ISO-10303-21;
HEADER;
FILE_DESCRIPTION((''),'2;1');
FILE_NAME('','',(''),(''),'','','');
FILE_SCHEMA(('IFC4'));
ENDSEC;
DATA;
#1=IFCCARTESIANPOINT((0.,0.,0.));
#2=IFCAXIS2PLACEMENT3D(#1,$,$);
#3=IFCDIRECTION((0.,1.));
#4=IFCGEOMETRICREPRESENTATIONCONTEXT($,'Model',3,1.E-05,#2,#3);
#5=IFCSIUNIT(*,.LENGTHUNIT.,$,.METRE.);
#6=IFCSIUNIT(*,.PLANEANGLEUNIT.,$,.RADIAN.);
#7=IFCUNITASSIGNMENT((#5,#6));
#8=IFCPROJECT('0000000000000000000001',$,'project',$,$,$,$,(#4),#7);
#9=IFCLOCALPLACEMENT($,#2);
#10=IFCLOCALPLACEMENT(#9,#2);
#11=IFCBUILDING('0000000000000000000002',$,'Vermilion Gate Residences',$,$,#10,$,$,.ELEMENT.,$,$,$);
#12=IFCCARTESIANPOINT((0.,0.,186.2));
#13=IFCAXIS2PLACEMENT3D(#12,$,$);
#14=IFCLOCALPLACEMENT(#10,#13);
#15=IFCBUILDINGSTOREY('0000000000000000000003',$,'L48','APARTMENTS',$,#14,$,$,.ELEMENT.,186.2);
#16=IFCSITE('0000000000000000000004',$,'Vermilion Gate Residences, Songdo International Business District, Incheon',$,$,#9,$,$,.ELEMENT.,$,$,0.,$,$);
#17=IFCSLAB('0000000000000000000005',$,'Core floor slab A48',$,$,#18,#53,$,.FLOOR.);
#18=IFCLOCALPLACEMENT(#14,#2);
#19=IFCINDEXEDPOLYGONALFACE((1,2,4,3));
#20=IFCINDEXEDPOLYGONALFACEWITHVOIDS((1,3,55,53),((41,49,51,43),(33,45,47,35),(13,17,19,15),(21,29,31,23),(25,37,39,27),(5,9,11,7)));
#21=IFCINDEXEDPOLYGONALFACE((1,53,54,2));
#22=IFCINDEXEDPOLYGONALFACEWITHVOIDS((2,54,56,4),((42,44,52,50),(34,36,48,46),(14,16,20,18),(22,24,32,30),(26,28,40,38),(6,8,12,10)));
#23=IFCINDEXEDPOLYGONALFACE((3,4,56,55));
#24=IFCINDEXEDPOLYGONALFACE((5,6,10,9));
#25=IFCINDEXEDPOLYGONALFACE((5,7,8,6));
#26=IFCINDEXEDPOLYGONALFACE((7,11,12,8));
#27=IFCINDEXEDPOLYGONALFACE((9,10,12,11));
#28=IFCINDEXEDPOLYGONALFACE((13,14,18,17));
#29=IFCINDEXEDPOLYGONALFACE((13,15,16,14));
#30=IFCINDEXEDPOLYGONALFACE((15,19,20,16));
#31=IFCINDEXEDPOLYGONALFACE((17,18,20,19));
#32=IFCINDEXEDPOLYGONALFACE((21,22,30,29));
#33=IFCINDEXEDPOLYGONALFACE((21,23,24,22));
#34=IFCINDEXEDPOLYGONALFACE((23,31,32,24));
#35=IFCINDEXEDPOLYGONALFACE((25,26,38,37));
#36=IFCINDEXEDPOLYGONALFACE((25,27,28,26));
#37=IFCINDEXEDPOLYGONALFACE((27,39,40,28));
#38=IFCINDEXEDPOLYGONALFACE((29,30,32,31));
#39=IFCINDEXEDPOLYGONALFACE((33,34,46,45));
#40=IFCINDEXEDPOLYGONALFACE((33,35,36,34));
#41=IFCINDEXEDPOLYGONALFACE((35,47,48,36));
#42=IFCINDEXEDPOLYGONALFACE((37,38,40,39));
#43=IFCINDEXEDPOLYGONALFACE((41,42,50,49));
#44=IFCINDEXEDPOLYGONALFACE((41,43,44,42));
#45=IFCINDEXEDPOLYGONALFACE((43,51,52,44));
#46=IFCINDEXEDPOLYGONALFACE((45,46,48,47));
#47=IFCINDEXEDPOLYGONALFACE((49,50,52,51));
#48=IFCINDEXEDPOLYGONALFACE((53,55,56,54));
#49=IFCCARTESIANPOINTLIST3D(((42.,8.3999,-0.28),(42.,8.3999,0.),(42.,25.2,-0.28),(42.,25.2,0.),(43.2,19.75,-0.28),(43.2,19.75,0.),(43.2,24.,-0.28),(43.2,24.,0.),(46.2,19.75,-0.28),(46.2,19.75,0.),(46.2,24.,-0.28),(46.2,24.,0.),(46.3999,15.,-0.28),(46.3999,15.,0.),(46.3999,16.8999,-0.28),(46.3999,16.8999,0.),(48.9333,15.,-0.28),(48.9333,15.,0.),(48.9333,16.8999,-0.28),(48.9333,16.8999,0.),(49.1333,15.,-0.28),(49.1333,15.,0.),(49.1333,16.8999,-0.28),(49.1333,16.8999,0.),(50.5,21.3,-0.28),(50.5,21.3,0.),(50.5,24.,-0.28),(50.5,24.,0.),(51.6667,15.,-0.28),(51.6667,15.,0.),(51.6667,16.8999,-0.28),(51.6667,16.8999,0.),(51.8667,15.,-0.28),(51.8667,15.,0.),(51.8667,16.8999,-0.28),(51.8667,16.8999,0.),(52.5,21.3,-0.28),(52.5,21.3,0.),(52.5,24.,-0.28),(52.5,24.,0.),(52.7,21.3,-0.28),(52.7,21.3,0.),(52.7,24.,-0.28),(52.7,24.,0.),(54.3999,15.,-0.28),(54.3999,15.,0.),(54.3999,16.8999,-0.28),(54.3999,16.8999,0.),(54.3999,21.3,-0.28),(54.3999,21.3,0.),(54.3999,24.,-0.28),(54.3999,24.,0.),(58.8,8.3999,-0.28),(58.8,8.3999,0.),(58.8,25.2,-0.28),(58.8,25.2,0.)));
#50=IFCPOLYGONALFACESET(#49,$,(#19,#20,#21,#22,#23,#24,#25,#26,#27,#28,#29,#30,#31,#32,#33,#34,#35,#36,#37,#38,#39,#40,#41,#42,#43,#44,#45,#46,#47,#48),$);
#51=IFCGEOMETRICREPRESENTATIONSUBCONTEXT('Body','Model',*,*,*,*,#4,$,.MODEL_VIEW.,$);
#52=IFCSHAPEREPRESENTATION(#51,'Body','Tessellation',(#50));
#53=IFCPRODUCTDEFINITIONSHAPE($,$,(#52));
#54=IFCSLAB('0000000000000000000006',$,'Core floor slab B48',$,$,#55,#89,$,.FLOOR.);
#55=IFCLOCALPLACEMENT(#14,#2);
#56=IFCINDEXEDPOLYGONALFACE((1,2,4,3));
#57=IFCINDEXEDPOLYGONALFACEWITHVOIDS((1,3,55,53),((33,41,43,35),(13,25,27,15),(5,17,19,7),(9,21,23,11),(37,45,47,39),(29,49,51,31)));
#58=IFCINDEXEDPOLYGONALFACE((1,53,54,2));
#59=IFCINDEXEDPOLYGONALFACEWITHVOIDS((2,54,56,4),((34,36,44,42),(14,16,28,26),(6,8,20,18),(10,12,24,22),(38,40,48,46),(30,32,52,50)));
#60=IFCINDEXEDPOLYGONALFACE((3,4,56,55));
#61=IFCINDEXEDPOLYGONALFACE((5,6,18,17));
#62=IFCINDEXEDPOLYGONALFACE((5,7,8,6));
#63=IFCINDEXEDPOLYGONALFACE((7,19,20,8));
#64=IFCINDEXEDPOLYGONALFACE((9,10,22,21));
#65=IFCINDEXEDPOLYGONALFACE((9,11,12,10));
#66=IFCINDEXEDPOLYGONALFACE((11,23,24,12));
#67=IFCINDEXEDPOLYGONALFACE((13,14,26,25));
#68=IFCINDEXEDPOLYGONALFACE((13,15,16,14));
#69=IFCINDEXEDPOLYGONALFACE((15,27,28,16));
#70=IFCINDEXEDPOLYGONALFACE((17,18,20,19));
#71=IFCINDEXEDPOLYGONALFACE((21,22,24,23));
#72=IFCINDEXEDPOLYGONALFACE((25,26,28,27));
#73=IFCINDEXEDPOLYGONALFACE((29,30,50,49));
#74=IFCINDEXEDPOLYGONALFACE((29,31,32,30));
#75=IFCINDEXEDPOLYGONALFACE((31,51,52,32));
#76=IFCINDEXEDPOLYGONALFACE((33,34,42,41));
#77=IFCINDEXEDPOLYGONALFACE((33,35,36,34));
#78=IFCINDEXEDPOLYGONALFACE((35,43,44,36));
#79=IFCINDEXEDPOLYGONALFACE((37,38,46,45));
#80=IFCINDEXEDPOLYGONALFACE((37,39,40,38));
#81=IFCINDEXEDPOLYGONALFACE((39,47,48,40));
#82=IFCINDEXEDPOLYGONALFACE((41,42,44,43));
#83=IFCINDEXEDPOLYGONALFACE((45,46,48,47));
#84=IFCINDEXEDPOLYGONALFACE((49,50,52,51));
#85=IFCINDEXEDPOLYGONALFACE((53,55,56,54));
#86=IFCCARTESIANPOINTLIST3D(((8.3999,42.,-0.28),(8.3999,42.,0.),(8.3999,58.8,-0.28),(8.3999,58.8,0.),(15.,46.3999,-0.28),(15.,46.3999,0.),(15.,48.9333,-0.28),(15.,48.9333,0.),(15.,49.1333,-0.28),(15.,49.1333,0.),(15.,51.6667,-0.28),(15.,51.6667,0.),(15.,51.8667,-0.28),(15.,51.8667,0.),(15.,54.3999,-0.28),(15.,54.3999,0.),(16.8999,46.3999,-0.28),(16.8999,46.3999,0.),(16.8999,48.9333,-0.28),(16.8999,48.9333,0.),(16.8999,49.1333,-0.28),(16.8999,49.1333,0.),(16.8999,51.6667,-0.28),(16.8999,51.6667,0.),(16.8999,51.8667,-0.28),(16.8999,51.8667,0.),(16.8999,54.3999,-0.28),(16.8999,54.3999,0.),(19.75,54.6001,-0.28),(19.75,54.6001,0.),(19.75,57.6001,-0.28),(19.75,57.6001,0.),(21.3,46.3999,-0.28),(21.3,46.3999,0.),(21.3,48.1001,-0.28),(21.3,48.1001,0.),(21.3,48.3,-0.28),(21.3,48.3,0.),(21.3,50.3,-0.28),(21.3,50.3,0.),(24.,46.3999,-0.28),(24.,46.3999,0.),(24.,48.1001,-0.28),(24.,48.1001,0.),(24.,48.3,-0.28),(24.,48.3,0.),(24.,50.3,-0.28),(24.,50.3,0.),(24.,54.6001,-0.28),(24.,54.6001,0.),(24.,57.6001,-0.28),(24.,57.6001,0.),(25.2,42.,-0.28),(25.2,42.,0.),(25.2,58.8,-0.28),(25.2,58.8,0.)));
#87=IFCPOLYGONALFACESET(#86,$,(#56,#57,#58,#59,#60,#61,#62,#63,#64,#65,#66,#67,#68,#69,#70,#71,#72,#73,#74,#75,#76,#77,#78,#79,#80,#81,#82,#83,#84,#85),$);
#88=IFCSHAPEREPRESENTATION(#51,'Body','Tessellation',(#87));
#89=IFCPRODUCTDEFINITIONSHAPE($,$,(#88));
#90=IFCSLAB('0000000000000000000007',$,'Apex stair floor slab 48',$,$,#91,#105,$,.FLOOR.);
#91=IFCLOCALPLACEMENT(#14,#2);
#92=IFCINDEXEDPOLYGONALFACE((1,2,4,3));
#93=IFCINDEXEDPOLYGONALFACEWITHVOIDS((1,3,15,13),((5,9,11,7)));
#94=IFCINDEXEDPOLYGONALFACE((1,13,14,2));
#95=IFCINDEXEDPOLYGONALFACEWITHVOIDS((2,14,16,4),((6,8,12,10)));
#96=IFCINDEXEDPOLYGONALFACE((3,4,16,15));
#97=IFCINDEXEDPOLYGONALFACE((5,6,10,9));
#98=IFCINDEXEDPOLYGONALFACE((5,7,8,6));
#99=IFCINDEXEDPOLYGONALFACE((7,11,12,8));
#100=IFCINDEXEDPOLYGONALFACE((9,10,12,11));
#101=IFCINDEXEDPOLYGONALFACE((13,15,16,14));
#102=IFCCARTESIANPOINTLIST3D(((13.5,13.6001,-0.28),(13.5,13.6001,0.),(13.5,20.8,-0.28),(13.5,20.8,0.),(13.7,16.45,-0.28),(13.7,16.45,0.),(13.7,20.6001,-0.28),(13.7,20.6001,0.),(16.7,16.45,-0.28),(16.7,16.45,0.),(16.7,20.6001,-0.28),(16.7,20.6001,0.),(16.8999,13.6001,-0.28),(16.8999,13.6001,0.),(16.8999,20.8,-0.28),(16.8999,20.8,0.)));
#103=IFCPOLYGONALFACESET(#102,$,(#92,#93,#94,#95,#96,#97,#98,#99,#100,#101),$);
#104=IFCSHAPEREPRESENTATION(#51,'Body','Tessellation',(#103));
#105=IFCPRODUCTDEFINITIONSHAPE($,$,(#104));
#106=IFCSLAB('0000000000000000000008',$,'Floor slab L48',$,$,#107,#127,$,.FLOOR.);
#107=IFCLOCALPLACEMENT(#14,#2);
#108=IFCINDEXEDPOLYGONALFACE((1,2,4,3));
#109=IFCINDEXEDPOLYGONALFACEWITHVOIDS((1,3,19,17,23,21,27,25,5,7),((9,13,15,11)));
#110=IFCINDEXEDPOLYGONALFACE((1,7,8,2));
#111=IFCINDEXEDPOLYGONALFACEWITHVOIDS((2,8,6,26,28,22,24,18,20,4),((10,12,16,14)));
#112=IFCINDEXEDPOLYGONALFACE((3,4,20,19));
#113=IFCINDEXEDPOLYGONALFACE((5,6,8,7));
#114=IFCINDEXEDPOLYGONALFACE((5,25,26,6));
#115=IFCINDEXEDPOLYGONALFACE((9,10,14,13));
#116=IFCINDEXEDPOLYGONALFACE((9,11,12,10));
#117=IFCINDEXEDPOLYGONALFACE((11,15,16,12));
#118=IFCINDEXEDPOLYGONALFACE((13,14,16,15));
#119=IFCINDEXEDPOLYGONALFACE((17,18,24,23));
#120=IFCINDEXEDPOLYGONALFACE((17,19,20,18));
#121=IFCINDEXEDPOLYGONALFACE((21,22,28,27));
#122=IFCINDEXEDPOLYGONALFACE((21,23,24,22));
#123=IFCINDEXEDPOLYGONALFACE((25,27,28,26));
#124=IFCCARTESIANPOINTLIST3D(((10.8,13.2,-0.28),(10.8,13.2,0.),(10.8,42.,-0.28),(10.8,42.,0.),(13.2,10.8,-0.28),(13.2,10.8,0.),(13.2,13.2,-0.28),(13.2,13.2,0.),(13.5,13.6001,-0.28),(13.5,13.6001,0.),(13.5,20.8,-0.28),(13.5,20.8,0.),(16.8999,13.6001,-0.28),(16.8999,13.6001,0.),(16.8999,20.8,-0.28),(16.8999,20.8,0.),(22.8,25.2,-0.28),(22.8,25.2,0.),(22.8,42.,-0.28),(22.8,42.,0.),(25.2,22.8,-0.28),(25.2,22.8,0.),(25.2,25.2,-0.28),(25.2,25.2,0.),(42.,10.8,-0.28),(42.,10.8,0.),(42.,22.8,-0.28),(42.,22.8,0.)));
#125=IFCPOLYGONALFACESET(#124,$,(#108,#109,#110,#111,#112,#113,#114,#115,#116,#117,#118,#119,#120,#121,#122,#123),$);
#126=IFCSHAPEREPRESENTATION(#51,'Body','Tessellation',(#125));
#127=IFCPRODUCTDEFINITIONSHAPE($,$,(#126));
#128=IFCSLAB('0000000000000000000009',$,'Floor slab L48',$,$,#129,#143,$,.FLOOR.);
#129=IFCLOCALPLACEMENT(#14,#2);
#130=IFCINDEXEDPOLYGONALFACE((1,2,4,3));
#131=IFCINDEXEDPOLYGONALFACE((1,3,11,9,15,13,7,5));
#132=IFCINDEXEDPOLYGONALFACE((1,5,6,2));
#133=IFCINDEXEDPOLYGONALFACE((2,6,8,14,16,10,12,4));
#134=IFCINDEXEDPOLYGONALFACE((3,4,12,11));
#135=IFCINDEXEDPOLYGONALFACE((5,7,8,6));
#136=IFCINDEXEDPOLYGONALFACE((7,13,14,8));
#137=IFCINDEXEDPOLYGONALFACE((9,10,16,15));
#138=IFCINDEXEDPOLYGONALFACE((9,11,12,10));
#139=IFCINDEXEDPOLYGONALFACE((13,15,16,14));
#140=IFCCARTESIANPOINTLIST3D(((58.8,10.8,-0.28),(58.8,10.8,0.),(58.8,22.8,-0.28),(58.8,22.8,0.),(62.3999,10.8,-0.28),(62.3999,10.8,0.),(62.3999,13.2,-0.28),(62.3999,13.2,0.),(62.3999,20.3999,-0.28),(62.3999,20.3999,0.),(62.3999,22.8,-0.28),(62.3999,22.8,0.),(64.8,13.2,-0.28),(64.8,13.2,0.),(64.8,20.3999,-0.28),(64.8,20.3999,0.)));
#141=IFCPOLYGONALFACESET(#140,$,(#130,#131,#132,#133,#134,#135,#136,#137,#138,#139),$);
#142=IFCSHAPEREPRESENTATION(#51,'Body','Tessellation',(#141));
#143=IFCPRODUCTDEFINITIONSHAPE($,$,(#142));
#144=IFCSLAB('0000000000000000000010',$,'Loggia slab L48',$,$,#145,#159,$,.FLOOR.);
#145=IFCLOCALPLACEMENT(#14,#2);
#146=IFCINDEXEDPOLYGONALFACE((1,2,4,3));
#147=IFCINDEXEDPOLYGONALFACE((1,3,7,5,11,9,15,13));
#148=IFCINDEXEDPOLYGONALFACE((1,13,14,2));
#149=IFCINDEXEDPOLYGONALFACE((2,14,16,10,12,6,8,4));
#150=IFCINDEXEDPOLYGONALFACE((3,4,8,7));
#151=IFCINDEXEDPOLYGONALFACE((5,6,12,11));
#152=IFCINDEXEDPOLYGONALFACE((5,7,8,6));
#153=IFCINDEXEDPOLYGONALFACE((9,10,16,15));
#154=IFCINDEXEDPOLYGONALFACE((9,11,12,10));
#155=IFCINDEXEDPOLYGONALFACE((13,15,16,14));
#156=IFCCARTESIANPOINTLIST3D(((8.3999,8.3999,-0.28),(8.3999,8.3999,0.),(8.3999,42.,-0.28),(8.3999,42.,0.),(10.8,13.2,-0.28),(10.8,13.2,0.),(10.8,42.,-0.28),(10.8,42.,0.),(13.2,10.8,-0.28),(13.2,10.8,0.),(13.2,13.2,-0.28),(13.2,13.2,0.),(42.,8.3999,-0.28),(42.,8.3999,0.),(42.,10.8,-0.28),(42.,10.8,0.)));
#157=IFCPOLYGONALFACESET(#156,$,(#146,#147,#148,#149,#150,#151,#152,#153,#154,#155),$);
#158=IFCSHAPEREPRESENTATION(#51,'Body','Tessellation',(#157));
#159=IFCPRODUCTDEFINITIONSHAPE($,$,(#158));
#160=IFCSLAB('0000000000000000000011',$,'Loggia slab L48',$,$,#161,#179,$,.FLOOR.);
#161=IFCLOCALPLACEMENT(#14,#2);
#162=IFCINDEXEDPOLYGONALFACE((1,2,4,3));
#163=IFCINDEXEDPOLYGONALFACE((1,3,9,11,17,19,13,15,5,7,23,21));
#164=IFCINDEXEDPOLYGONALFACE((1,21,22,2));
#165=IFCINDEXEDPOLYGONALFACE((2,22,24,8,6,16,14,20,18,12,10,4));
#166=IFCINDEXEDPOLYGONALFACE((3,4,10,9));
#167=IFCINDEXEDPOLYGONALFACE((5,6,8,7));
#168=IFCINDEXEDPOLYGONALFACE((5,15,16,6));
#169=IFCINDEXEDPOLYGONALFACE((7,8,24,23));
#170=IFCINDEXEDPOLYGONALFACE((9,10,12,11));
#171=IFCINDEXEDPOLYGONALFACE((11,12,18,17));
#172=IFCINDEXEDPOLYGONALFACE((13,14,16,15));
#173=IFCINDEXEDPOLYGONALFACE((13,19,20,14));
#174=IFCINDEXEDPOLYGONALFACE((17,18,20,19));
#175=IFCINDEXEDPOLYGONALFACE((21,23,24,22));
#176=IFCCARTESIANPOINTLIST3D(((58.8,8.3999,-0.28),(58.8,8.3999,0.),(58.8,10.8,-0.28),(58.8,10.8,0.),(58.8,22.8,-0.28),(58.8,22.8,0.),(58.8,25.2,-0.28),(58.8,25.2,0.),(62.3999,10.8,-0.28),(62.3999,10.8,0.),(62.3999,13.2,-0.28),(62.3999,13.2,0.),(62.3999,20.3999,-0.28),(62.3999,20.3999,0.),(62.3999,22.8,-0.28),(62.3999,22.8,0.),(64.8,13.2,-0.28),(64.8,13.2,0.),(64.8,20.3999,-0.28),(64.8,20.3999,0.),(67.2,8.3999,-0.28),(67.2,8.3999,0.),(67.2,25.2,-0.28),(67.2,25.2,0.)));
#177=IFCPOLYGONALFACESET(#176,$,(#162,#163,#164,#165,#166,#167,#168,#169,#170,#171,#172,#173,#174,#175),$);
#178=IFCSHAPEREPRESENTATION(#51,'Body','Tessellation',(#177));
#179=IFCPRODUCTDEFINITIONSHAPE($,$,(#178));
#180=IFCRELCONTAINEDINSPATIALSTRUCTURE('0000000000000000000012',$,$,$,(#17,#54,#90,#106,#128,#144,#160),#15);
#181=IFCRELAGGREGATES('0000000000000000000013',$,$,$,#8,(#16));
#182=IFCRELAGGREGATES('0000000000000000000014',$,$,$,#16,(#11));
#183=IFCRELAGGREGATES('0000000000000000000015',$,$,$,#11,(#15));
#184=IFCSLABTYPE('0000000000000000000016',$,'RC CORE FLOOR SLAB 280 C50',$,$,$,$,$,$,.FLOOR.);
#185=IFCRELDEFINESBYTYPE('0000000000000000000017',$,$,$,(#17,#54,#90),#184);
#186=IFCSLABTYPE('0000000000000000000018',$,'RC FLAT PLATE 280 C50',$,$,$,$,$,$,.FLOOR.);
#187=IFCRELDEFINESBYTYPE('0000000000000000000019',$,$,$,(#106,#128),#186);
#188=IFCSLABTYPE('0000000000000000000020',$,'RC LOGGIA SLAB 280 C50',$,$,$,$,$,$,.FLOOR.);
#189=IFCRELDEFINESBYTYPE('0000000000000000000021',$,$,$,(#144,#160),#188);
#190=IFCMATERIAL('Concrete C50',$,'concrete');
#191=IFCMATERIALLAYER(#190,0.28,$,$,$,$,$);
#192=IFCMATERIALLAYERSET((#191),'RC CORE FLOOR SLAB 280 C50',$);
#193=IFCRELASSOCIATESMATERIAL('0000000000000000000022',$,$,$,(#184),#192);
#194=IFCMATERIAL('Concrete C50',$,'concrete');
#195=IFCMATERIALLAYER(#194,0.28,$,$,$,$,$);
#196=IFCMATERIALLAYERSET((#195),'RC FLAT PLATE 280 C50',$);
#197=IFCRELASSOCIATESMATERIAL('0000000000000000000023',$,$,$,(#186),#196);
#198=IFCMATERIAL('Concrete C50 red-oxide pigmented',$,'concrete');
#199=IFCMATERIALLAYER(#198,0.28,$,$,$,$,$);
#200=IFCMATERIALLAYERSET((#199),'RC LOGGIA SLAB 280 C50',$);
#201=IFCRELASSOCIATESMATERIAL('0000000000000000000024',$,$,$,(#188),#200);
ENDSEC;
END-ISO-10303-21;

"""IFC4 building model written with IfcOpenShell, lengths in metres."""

from ifc_helpers import new_model, si_unit, direction, frame, origin, place, context, subcontext, project, spatial, polyline, outline, extrude, material, layer, layer_set, type_object, element, save


model = new_model("IFC4")

# Units and contexts
model_context = context("Model", 3, precision=1e-05, world=origin(), true_north=direction((0.0, 1.0)))
body_context = subcontext(model_context, "Body", "Model", "MODEL_VIEW")
ifc_project = project(units=[si_unit("LENGTHUNIT", "METRE"), si_unit("PLANEANGLEUNIT", "RADIAN")], contexts=[model_context])

# Site, building, storey
site_placement = place(None, origin())
site = spatial("IfcSite", under=ifc_project, at=site_placement, Name="Vermilion Gate Residences, Songdo International Business District, Incheon", CompositionType="ELEMENT", RefElevation=0.0)
building_placement = place(site_placement, origin())
building = spatial("IfcBuilding", under=site, at=building_placement, Name="Vermilion Gate Residences", CompositionType="ELEMENT")
storey_placement = place(building_placement, frame((0.0, 0.0, 186.2)))
storey = spatial("IfcBuildingStorey", under=building, at=storey_placement, Name="L48", Description="APARTMENTS", CompositionType="ELEMENT", Elevation=186.2)

# Slabs
ifc_material_1 = material(Name="Concrete C50", Category="concrete")
ifc_layer_1 = layer(ifc_material_1, 0.28)
ifc_layer_set_1 = layer_set([ifc_layer_1], Name="RC CORE FLOOR SLAB 280 C50")
slab_type_1 = type_object("IfcSlabType", Name="RC CORE FLOOR SLAB 280 C50", PredefinedType="FLOOR", material=ifc_layer_set_1)
slab_1_placement = place(storey_placement, frame((0.0, 0.0, -0.28)))
element("IfcSlab", 1, at=slab_1_placement, inside=storey, type_object=slab_type_1, Name="Core floor slab A48", PredefinedType="FLOOR", context=body_context, shape_type="SweptSolid", body=[
    extrude(outline(polyline([(42.0, 8.3999), (58.8, 8.3999), (58.8, 25.2), (42.0, 25.2), (42.0, 8.3999)]), holes=[polyline([(46.3999, 15.0), (46.3999, 16.8999), (48.9333, 16.8999), (48.9333, 15.0), (46.3999, 15.0)]), polyline([(49.1333, 16.8999), (51.6667, 16.8999), (51.6667, 15.0), (49.1333, 15.0), (49.1333, 16.8999)]), polyline([(51.8667, 16.8999), (54.3999, 16.8999), (54.3999, 15.0), (51.8667, 15.0), (51.8667, 16.8999)]), polyline([(43.2, 19.75), (43.2, 24.0), (46.2, 24.0), (46.2, 19.75), (43.2, 19.75)]), polyline([(50.5, 24.0), (52.5, 24.0), (52.5, 21.3), (50.5, 21.3), (50.5, 24.0)]), polyline([(52.7, 24.0), (54.3999, 24.0), (54.3999, 21.3), (52.7, 21.3), (52.7, 24.0)])]), origin(), (0.0, 0.0, 1.0), 0.28),
])
slab_2_placement = place(storey_placement, frame((0.0, 0.0, -0.28)))
element("IfcSlab", 2, at=slab_2_placement, inside=storey, type_object=slab_type_1, Name="Core floor slab B48", PredefinedType="FLOOR", context=body_context, shape_type="SweptSolid", body=[
    extrude(outline(polyline([(8.3999, 42.0), (25.2, 42.0), (25.2, 58.8), (8.3999, 58.8), (8.3999, 42.0)]), holes=[polyline([(21.3, 46.3999), (21.3, 48.1001), (24.0, 48.1001), (24.0, 46.3999), (21.3, 46.3999)]), polyline([(15.0, 48.9333), (16.8999, 48.9333), (16.8999, 46.3999), (15.0, 46.3999), (15.0, 48.9333)]), polyline([(21.3, 50.3), (24.0, 50.3), (24.0, 48.3), (21.3, 48.3), (21.3, 50.3)]), polyline([(15.0, 49.1333), (15.0, 51.6667), (16.8999, 51.6667), (16.8999, 49.1333), (15.0, 49.1333)]), polyline([(15.0, 54.3999), (16.8999, 54.3999), (16.8999, 51.8667), (15.0, 51.8667), (15.0, 54.3999)]), polyline([(19.75, 57.6001), (24.0, 57.6001), (24.0, 54.6001), (19.75, 54.6001), (19.75, 57.6001)])]), origin(), (0.0, 0.0, 1.0), 0.28),
])
slab_3_placement = place(storey_placement, frame((0.0, 0.0, -0.28)))
element("IfcSlab", 3, at=slab_3_placement, inside=storey, type_object=slab_type_1, Name="Apex stair floor slab 48", PredefinedType="FLOOR", context=body_context, shape_type="SweptSolid", body=[
    extrude(outline(polyline([(13.5, 13.6001), (16.8999, 13.6001), (16.8999, 20.8), (13.5, 20.8), (13.5, 13.6001)]), holes=[polyline([(16.7, 20.6001), (16.7, 16.45), (13.7, 16.45), (13.7, 20.6001), (16.7, 20.6001)])]), origin(), (0.0, 0.0, 1.0), 0.28),
])
ifc_material_2 = material(Name="Concrete C50", Category="concrete")
ifc_layer_2 = layer(ifc_material_2, 0.28)
ifc_layer_set_2 = layer_set([ifc_layer_2], Name="RC FLAT PLATE 280 C50")
slab_type_2 = type_object("IfcSlabType", Name="RC FLAT PLATE 280 C50", PredefinedType="FLOOR", material=ifc_layer_set_2)
slab_4_placement = place(storey_placement, frame((0.0, 0.0, -0.28)))
element("IfcSlab", 4, at=slab_4_placement, inside=storey, type_object=slab_type_2, Name="Floor slab L48", PredefinedType="FLOOR", context=body_context, shape_type="SweptSolid", body=[
    extrude(outline(polyline([(22.8, 25.2), (22.8, 42.0), (10.8, 42.0), (10.8, 13.2), (13.2, 13.2), (13.2, 10.8), (42.0, 10.8), (42.0, 22.8), (25.2, 22.8), (25.2, 25.2), (22.8, 25.2)]), holes=[polyline([(13.5, 13.6001), (13.5, 20.8), (16.8999, 20.8), (16.8999, 13.6001), (13.5, 13.6001)])]), origin(), (0.0, 0.0, 1.0), 0.28),
])
slab_5_placement = place(storey_placement, frame((0.0, 0.0, -0.28)))
element("IfcSlab", 5, at=slab_5_placement, inside=storey, type_object=slab_type_2, Name="Floor slab L48", PredefinedType="FLOOR", context=body_context, shape_type="SweptSolid", body=[
    extrude(outline(polyline([(58.8, 22.8), (58.8, 10.8), (62.3999, 10.8), (62.3999, 13.2), (64.8, 13.2), (64.8, 20.3999), (62.3999, 20.3999), (62.3999, 22.8), (58.8, 22.8)])), origin(), (0.0, 0.0, 1.0), 0.28),
])
ifc_material_3 = material(Name="Concrete C50 red-oxide pigmented", Category="concrete")
ifc_layer_3 = layer(ifc_material_3, 0.28)
ifc_layer_set_3 = layer_set([ifc_layer_3], Name="RC LOGGIA SLAB 280 C50")
slab_type_3 = type_object("IfcSlabType", Name="RC LOGGIA SLAB 280 C50", PredefinedType="FLOOR", material=ifc_layer_set_3)
slab_6_placement = place(storey_placement, frame((0.0, 0.0, -0.28)))
element("IfcSlab", 6, at=slab_6_placement, inside=storey, type_object=slab_type_3, Name="Loggia slab L48", PredefinedType="FLOOR", context=body_context, shape_type="SweptSolid", body=[
    extrude(outline(polyline([(8.3999, 42.0), (8.3999, 8.3999), (42.0, 8.3999), (42.0, 10.8), (13.2, 10.8), (13.2, 13.2), (10.8, 13.2), (10.8, 42.0), (8.3999, 42.0)])), origin(), (0.0, 0.0, 1.0), 0.28),
])
slab_7_placement = place(storey_placement, frame((0.0, 0.0, -0.28)))
element("IfcSlab", 7, at=slab_7_placement, inside=storey, type_object=slab_type_3, Name="Loggia slab L48", PredefinedType="FLOOR", context=body_context, shape_type="SweptSolid", body=[
    extrude(outline(polyline([(64.8, 13.2), (62.3999, 13.2), (62.3999, 10.8), (58.8, 10.8), (58.8, 8.3999), (67.2, 8.3999), (67.2, 25.2), (58.8, 25.2), (58.8, 22.8), (62.3999, 22.8), (62.3999, 20.3999), (64.8, 20.3999), (64.8, 13.2)])), origin(), (0.0, 0.0, 1.0), 0.28),
])

save(model, "model.ifc")
